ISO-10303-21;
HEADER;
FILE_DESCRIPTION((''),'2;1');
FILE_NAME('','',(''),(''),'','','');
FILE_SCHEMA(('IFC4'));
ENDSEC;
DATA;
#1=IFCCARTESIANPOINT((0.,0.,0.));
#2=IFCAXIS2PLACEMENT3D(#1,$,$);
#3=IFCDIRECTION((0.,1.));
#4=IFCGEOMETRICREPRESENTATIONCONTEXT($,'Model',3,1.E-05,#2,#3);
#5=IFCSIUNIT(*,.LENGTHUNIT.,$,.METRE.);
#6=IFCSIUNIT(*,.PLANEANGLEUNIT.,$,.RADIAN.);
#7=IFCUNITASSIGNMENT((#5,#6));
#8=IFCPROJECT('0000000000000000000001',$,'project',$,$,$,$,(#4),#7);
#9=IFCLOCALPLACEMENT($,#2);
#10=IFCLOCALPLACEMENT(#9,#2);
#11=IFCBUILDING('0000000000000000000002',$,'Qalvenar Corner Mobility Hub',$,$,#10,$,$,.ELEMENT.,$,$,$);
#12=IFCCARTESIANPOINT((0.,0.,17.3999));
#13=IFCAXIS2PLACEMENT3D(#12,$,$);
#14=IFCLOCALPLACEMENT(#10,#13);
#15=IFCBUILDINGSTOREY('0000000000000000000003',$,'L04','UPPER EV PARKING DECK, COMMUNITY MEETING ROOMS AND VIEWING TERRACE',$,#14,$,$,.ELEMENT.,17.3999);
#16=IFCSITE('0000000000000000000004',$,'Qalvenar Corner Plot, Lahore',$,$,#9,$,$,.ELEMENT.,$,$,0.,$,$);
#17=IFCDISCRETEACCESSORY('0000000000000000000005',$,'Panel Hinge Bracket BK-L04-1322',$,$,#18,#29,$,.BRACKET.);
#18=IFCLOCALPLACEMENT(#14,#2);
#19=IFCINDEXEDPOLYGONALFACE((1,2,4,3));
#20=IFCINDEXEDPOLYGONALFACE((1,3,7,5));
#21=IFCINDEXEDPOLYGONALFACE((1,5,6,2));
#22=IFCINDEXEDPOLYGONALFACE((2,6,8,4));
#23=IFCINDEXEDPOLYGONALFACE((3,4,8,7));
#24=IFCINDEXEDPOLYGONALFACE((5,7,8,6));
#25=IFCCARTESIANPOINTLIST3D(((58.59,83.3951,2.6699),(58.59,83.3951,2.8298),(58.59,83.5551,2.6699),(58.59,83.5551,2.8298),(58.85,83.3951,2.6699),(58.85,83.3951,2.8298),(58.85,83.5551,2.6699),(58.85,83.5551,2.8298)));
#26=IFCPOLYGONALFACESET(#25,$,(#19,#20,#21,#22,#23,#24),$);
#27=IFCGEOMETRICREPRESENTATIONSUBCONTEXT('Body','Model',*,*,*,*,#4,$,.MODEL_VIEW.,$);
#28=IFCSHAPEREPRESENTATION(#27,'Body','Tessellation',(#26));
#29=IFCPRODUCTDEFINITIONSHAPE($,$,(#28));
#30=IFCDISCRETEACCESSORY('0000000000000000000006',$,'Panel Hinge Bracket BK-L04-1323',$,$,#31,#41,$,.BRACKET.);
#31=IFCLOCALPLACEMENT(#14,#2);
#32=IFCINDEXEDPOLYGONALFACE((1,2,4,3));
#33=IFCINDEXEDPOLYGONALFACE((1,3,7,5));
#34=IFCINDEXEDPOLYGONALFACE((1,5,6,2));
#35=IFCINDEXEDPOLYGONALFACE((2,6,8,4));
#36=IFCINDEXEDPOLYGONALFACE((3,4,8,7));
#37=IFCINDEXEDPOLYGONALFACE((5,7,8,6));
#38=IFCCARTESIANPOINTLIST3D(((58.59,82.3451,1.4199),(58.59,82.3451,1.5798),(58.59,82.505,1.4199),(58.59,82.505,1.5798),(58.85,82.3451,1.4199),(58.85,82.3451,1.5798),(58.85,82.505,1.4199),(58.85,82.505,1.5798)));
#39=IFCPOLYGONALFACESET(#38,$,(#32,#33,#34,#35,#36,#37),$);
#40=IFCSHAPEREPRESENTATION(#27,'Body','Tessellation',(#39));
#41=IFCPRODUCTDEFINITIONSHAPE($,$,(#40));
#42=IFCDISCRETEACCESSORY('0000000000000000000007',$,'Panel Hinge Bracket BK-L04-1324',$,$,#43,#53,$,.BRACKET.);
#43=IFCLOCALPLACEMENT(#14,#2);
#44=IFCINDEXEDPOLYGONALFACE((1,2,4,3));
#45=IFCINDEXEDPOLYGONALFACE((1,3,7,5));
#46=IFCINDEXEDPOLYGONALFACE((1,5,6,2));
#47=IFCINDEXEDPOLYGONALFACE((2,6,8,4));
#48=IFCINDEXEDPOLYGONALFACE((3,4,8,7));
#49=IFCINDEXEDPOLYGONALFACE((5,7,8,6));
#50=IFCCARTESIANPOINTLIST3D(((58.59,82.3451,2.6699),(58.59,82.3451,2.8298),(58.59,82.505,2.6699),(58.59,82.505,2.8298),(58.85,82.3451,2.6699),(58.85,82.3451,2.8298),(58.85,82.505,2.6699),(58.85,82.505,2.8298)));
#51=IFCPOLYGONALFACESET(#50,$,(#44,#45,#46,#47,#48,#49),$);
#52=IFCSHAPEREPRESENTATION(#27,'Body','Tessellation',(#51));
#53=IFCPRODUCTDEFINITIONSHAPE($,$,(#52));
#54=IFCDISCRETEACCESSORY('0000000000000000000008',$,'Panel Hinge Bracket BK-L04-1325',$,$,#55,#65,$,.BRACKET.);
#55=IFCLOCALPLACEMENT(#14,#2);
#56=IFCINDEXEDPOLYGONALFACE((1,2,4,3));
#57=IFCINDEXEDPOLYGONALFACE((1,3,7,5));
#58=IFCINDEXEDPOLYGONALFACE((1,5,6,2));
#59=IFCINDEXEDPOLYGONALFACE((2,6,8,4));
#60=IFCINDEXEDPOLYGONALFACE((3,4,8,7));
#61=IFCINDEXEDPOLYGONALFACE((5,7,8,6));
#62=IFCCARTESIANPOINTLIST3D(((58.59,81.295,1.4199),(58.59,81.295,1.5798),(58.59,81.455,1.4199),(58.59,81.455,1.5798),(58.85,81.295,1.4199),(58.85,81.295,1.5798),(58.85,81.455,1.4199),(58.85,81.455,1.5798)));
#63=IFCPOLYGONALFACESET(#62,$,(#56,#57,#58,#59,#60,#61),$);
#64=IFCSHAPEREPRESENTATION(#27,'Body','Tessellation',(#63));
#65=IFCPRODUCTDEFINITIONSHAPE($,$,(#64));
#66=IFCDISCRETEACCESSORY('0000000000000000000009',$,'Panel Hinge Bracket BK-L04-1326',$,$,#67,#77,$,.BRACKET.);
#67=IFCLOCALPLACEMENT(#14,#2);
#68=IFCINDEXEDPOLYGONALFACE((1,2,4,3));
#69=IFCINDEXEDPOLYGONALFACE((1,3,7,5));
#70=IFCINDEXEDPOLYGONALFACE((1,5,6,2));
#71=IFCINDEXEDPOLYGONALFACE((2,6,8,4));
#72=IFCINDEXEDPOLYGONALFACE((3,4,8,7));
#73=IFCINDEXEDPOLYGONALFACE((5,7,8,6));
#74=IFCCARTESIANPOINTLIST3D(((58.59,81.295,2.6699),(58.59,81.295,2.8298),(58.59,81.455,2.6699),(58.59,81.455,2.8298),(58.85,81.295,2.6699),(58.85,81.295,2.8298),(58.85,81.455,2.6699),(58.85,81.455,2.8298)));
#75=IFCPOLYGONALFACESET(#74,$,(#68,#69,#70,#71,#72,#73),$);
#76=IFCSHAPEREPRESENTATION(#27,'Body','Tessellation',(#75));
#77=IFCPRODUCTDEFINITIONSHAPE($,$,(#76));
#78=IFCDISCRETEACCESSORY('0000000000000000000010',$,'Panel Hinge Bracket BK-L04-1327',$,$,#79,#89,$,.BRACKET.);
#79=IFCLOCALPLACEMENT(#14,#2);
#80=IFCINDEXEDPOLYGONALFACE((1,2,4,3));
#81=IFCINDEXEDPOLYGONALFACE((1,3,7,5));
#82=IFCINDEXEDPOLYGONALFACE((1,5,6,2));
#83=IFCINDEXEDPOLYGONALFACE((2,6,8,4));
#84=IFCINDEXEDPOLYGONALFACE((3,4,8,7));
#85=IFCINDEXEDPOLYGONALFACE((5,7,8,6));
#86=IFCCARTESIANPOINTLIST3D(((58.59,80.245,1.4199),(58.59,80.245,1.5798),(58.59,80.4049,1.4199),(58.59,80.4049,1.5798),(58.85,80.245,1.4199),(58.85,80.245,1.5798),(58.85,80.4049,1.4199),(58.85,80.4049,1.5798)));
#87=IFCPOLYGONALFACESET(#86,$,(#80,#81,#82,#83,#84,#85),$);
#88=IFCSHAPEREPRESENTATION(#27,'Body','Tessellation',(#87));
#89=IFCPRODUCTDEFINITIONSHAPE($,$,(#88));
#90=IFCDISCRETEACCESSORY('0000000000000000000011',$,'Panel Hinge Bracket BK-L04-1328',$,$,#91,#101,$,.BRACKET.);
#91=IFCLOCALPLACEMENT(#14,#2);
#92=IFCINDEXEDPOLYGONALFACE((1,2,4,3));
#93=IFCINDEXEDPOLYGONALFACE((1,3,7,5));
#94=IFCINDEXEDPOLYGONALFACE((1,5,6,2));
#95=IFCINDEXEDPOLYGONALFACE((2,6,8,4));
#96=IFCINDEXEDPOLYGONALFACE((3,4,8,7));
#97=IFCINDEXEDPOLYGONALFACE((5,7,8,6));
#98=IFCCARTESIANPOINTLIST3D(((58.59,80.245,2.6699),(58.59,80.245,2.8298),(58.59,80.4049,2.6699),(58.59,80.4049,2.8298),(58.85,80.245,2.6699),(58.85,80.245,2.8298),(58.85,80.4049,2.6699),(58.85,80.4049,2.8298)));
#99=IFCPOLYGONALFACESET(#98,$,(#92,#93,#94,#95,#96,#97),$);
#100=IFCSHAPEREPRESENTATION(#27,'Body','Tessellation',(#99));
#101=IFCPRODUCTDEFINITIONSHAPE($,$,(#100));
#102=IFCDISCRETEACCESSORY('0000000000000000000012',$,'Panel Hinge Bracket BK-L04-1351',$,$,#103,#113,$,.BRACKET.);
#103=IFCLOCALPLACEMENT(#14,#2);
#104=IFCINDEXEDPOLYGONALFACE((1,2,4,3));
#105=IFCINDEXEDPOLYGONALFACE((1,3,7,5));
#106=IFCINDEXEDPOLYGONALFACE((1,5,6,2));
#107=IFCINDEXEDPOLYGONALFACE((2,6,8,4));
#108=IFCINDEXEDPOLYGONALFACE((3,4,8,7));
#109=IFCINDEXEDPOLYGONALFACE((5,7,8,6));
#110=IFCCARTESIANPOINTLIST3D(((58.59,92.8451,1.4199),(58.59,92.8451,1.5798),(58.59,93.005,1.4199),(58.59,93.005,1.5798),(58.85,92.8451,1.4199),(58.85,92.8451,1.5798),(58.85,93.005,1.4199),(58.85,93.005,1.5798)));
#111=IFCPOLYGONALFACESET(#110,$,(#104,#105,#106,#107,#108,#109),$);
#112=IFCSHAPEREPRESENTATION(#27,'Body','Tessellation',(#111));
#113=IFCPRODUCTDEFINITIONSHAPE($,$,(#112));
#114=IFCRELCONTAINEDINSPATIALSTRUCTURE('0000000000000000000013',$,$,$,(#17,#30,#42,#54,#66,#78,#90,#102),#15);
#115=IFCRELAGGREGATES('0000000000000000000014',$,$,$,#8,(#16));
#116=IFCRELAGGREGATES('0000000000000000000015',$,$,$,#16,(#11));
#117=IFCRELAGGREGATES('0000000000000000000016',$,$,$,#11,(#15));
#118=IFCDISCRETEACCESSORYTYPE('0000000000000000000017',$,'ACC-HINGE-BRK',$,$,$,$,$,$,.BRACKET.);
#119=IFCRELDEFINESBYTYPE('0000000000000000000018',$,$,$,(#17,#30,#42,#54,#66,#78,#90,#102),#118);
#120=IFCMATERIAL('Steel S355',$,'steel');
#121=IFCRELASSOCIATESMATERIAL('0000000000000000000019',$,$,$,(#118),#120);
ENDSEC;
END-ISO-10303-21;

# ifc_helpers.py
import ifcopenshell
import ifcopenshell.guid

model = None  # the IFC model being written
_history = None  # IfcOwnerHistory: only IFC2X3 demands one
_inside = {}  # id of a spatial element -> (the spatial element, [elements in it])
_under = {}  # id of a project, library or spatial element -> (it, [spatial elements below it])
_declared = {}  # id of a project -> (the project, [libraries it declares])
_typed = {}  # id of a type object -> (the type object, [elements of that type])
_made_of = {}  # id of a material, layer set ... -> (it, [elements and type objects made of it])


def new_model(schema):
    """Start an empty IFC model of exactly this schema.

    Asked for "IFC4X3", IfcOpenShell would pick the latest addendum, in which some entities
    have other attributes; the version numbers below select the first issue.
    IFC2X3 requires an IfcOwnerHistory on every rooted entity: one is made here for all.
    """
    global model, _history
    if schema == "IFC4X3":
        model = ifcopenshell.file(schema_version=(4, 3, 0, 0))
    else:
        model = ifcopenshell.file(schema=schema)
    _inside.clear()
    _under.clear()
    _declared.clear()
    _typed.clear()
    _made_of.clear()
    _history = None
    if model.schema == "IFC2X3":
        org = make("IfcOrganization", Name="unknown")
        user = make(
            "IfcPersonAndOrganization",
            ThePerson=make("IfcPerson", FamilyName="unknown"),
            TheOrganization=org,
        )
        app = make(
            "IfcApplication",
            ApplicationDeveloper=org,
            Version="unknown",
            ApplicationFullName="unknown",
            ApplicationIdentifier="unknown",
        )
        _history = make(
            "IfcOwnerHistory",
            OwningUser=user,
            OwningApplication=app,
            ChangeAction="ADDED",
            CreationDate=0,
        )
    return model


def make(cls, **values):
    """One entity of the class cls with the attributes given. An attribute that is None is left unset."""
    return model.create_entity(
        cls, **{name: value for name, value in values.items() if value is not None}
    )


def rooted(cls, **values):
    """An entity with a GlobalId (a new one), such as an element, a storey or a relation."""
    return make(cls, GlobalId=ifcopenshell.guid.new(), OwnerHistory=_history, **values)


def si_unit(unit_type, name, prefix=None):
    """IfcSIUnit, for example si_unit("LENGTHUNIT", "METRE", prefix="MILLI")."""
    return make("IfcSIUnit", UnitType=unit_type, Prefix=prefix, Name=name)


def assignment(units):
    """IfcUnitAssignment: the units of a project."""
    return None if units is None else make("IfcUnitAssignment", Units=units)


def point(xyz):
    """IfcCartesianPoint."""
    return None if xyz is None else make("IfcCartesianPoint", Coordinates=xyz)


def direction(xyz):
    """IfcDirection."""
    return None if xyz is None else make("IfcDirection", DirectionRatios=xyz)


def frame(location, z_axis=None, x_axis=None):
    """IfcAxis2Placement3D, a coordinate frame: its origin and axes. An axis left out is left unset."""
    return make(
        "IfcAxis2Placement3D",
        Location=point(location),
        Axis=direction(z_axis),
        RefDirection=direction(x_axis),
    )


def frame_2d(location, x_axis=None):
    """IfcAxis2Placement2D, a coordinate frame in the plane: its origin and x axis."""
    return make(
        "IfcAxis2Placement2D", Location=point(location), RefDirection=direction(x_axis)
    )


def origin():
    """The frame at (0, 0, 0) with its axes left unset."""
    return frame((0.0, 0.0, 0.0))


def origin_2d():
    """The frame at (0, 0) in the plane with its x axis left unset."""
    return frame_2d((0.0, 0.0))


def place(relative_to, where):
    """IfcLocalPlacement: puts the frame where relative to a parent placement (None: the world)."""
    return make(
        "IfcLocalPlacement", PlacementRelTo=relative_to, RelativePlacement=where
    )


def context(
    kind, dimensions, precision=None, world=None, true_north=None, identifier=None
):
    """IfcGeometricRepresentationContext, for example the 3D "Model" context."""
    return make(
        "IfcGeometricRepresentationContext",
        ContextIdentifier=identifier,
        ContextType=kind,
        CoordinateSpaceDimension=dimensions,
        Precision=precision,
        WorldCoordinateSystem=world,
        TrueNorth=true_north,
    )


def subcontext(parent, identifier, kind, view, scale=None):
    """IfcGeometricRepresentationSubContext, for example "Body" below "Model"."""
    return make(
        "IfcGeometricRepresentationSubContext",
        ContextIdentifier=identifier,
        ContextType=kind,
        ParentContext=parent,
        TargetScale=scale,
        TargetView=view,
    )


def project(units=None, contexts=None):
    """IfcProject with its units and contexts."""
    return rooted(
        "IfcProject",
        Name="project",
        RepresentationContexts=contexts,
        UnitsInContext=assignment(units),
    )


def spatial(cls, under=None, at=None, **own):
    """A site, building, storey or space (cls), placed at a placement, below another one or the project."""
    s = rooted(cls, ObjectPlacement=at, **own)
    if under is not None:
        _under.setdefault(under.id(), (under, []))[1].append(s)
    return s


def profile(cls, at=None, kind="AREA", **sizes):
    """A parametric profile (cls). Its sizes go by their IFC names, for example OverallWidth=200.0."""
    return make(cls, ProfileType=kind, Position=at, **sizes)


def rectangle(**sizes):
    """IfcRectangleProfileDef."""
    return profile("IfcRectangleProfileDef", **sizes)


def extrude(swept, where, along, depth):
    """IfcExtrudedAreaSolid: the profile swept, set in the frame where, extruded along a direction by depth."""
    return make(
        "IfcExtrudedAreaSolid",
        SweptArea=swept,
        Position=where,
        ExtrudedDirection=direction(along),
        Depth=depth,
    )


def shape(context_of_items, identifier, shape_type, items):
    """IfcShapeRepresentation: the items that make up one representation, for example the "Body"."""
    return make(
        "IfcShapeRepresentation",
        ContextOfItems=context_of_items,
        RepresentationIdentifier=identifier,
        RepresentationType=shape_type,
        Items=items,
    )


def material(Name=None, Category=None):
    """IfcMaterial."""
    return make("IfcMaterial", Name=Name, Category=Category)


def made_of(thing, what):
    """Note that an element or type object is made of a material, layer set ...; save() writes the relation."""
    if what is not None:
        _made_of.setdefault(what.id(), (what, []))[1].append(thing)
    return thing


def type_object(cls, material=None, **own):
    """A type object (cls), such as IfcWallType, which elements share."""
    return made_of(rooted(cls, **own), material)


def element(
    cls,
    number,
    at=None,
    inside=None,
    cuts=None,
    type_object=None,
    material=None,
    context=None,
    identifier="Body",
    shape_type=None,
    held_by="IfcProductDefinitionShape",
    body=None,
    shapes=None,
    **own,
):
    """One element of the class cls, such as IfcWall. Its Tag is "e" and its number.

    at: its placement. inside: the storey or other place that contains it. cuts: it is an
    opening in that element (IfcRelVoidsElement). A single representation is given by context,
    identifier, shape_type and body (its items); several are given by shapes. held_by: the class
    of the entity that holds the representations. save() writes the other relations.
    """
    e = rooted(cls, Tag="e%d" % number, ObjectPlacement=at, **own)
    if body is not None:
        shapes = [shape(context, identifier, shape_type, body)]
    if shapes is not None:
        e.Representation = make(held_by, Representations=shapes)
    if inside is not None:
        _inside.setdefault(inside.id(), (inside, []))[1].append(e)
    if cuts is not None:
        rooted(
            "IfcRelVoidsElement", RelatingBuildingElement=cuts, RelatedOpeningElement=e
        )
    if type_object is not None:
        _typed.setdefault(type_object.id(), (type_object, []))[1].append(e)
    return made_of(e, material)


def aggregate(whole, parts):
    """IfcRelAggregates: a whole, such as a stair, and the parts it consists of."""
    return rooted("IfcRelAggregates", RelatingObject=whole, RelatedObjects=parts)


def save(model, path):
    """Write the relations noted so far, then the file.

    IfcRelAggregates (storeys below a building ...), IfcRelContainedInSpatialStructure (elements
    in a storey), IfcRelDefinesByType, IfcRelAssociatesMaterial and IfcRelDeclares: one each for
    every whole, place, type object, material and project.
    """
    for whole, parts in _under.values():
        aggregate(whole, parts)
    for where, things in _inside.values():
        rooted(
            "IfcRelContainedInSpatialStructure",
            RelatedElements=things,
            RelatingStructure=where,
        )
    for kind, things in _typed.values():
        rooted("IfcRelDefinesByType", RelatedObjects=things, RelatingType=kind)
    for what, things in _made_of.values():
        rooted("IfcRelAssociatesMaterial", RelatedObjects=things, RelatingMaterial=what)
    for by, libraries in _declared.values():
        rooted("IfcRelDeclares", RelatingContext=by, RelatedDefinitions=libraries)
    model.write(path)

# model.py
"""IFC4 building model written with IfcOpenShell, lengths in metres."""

from ifc_helpers import new_model, si_unit, direction, frame, origin, origin_2d, place, context, subcontext, project, spatial, rectangle, extrude, material, type_object, element, save


model = new_model("IFC4")

# Units and contexts
model_context = context("Model", 3, precision=1e-05, world=origin(), true_north=direction((0.0, 1.0)))
body_context = subcontext(model_context, "Body", "Model", "MODEL_VIEW")
ifc_project = project(units=[si_unit("LENGTHUNIT", "METRE"), si_unit("PLANEANGLEUNIT", "RADIAN")], contexts=[model_context])

# Site, building, storey
site_placement = place(None, origin())
site = spatial("IfcSite", under=ifc_project, at=site_placement, Name="Qalvenar Corner Plot, Lahore", CompositionType="ELEMENT", RefElevation=0.0)
building_placement = place(site_placement, origin())
building = spatial("IfcBuilding", under=site, at=building_placement, Name="Qalvenar Corner Mobility Hub", CompositionType="ELEMENT")
storey_placement = place(building_placement, frame((0.0, 0.0, 17.3999)))
storey = spatial("IfcBuildingStorey", under=building, at=storey_placement, Name="L04", Description="UPPER EV PARKING DECK, COMMUNITY MEETING ROOMS AND VIEWING TERRACE", CompositionType="ELEMENT", Elevation=17.3999)

# Shared definitions
ifc_material_1 = material(Name="Steel S355", Category="steel")

# Discrete accessories
discrete_accessory_type = type_object("IfcDiscreteAccessoryType", Name="ACC-HINGE-BRK", PredefinedType="BRACKET", material=ifc_material_1)
for number, where, z_axis, x_axis, name in (
    (1, (58.72, 83.4751, 2.6699), (0.0, 0.0, 1.0), (0.0, -1.0, 0.0), "Panel Hinge Bracket BK-L04-1322"),
    (2, (58.72, 82.425, 1.4199), (0.0, 0.0, 1.0), (0.0, -1.0, 0.0), "Panel Hinge Bracket BK-L04-1323"),
    (3, (58.72, 82.425, 2.6699), (0.0, 0.0, 1.0), (0.0, -1.0, 0.0), "Panel Hinge Bracket BK-L04-1324"),
    (4, (58.72, 81.375, 1.4199), (0.0, 0.0, 1.0), (0.0, -1.0, 0.0), "Panel Hinge Bracket BK-L04-1325"),
    (5, (58.72, 81.375, 2.6699), (0.0, 0.0, 1.0), (0.0, -1.0, 0.0), "Panel Hinge Bracket BK-L04-1326"),
    (6, (58.72, 80.325, 1.4199), (0.0, 0.0, 1.0), (0.0, -1.0, 0.0), "Panel Hinge Bracket BK-L04-1327"),
    (7, (58.72, 80.325, 2.6699), (0.0, 0.0, 1.0), (0.0, -1.0, 0.0), "Panel Hinge Bracket BK-L04-1328"),
    (8, (58.72, 92.925, 1.4199), (0.0, 0.0, 1.0), (0.0, -1.0, 0.0), "Panel Hinge Bracket BK-L04-1351"),
):
    element("IfcDiscreteAccessory", number, at=place(storey_placement, frame(where, z_axis=z_axis, x_axis=x_axis)), inside=storey, type_object=discrete_accessory_type, Name=name, PredefinedType="BRACKET", context=body_context, shape_type="SweptSolid", body=[
        extrude(rectangle(XDim=0.1599, YDim=0.26, at=origin_2d()), origin(), (0.0, 0.0, 1.0), 0.1599),
    ])

save(model, "model.ifc")
